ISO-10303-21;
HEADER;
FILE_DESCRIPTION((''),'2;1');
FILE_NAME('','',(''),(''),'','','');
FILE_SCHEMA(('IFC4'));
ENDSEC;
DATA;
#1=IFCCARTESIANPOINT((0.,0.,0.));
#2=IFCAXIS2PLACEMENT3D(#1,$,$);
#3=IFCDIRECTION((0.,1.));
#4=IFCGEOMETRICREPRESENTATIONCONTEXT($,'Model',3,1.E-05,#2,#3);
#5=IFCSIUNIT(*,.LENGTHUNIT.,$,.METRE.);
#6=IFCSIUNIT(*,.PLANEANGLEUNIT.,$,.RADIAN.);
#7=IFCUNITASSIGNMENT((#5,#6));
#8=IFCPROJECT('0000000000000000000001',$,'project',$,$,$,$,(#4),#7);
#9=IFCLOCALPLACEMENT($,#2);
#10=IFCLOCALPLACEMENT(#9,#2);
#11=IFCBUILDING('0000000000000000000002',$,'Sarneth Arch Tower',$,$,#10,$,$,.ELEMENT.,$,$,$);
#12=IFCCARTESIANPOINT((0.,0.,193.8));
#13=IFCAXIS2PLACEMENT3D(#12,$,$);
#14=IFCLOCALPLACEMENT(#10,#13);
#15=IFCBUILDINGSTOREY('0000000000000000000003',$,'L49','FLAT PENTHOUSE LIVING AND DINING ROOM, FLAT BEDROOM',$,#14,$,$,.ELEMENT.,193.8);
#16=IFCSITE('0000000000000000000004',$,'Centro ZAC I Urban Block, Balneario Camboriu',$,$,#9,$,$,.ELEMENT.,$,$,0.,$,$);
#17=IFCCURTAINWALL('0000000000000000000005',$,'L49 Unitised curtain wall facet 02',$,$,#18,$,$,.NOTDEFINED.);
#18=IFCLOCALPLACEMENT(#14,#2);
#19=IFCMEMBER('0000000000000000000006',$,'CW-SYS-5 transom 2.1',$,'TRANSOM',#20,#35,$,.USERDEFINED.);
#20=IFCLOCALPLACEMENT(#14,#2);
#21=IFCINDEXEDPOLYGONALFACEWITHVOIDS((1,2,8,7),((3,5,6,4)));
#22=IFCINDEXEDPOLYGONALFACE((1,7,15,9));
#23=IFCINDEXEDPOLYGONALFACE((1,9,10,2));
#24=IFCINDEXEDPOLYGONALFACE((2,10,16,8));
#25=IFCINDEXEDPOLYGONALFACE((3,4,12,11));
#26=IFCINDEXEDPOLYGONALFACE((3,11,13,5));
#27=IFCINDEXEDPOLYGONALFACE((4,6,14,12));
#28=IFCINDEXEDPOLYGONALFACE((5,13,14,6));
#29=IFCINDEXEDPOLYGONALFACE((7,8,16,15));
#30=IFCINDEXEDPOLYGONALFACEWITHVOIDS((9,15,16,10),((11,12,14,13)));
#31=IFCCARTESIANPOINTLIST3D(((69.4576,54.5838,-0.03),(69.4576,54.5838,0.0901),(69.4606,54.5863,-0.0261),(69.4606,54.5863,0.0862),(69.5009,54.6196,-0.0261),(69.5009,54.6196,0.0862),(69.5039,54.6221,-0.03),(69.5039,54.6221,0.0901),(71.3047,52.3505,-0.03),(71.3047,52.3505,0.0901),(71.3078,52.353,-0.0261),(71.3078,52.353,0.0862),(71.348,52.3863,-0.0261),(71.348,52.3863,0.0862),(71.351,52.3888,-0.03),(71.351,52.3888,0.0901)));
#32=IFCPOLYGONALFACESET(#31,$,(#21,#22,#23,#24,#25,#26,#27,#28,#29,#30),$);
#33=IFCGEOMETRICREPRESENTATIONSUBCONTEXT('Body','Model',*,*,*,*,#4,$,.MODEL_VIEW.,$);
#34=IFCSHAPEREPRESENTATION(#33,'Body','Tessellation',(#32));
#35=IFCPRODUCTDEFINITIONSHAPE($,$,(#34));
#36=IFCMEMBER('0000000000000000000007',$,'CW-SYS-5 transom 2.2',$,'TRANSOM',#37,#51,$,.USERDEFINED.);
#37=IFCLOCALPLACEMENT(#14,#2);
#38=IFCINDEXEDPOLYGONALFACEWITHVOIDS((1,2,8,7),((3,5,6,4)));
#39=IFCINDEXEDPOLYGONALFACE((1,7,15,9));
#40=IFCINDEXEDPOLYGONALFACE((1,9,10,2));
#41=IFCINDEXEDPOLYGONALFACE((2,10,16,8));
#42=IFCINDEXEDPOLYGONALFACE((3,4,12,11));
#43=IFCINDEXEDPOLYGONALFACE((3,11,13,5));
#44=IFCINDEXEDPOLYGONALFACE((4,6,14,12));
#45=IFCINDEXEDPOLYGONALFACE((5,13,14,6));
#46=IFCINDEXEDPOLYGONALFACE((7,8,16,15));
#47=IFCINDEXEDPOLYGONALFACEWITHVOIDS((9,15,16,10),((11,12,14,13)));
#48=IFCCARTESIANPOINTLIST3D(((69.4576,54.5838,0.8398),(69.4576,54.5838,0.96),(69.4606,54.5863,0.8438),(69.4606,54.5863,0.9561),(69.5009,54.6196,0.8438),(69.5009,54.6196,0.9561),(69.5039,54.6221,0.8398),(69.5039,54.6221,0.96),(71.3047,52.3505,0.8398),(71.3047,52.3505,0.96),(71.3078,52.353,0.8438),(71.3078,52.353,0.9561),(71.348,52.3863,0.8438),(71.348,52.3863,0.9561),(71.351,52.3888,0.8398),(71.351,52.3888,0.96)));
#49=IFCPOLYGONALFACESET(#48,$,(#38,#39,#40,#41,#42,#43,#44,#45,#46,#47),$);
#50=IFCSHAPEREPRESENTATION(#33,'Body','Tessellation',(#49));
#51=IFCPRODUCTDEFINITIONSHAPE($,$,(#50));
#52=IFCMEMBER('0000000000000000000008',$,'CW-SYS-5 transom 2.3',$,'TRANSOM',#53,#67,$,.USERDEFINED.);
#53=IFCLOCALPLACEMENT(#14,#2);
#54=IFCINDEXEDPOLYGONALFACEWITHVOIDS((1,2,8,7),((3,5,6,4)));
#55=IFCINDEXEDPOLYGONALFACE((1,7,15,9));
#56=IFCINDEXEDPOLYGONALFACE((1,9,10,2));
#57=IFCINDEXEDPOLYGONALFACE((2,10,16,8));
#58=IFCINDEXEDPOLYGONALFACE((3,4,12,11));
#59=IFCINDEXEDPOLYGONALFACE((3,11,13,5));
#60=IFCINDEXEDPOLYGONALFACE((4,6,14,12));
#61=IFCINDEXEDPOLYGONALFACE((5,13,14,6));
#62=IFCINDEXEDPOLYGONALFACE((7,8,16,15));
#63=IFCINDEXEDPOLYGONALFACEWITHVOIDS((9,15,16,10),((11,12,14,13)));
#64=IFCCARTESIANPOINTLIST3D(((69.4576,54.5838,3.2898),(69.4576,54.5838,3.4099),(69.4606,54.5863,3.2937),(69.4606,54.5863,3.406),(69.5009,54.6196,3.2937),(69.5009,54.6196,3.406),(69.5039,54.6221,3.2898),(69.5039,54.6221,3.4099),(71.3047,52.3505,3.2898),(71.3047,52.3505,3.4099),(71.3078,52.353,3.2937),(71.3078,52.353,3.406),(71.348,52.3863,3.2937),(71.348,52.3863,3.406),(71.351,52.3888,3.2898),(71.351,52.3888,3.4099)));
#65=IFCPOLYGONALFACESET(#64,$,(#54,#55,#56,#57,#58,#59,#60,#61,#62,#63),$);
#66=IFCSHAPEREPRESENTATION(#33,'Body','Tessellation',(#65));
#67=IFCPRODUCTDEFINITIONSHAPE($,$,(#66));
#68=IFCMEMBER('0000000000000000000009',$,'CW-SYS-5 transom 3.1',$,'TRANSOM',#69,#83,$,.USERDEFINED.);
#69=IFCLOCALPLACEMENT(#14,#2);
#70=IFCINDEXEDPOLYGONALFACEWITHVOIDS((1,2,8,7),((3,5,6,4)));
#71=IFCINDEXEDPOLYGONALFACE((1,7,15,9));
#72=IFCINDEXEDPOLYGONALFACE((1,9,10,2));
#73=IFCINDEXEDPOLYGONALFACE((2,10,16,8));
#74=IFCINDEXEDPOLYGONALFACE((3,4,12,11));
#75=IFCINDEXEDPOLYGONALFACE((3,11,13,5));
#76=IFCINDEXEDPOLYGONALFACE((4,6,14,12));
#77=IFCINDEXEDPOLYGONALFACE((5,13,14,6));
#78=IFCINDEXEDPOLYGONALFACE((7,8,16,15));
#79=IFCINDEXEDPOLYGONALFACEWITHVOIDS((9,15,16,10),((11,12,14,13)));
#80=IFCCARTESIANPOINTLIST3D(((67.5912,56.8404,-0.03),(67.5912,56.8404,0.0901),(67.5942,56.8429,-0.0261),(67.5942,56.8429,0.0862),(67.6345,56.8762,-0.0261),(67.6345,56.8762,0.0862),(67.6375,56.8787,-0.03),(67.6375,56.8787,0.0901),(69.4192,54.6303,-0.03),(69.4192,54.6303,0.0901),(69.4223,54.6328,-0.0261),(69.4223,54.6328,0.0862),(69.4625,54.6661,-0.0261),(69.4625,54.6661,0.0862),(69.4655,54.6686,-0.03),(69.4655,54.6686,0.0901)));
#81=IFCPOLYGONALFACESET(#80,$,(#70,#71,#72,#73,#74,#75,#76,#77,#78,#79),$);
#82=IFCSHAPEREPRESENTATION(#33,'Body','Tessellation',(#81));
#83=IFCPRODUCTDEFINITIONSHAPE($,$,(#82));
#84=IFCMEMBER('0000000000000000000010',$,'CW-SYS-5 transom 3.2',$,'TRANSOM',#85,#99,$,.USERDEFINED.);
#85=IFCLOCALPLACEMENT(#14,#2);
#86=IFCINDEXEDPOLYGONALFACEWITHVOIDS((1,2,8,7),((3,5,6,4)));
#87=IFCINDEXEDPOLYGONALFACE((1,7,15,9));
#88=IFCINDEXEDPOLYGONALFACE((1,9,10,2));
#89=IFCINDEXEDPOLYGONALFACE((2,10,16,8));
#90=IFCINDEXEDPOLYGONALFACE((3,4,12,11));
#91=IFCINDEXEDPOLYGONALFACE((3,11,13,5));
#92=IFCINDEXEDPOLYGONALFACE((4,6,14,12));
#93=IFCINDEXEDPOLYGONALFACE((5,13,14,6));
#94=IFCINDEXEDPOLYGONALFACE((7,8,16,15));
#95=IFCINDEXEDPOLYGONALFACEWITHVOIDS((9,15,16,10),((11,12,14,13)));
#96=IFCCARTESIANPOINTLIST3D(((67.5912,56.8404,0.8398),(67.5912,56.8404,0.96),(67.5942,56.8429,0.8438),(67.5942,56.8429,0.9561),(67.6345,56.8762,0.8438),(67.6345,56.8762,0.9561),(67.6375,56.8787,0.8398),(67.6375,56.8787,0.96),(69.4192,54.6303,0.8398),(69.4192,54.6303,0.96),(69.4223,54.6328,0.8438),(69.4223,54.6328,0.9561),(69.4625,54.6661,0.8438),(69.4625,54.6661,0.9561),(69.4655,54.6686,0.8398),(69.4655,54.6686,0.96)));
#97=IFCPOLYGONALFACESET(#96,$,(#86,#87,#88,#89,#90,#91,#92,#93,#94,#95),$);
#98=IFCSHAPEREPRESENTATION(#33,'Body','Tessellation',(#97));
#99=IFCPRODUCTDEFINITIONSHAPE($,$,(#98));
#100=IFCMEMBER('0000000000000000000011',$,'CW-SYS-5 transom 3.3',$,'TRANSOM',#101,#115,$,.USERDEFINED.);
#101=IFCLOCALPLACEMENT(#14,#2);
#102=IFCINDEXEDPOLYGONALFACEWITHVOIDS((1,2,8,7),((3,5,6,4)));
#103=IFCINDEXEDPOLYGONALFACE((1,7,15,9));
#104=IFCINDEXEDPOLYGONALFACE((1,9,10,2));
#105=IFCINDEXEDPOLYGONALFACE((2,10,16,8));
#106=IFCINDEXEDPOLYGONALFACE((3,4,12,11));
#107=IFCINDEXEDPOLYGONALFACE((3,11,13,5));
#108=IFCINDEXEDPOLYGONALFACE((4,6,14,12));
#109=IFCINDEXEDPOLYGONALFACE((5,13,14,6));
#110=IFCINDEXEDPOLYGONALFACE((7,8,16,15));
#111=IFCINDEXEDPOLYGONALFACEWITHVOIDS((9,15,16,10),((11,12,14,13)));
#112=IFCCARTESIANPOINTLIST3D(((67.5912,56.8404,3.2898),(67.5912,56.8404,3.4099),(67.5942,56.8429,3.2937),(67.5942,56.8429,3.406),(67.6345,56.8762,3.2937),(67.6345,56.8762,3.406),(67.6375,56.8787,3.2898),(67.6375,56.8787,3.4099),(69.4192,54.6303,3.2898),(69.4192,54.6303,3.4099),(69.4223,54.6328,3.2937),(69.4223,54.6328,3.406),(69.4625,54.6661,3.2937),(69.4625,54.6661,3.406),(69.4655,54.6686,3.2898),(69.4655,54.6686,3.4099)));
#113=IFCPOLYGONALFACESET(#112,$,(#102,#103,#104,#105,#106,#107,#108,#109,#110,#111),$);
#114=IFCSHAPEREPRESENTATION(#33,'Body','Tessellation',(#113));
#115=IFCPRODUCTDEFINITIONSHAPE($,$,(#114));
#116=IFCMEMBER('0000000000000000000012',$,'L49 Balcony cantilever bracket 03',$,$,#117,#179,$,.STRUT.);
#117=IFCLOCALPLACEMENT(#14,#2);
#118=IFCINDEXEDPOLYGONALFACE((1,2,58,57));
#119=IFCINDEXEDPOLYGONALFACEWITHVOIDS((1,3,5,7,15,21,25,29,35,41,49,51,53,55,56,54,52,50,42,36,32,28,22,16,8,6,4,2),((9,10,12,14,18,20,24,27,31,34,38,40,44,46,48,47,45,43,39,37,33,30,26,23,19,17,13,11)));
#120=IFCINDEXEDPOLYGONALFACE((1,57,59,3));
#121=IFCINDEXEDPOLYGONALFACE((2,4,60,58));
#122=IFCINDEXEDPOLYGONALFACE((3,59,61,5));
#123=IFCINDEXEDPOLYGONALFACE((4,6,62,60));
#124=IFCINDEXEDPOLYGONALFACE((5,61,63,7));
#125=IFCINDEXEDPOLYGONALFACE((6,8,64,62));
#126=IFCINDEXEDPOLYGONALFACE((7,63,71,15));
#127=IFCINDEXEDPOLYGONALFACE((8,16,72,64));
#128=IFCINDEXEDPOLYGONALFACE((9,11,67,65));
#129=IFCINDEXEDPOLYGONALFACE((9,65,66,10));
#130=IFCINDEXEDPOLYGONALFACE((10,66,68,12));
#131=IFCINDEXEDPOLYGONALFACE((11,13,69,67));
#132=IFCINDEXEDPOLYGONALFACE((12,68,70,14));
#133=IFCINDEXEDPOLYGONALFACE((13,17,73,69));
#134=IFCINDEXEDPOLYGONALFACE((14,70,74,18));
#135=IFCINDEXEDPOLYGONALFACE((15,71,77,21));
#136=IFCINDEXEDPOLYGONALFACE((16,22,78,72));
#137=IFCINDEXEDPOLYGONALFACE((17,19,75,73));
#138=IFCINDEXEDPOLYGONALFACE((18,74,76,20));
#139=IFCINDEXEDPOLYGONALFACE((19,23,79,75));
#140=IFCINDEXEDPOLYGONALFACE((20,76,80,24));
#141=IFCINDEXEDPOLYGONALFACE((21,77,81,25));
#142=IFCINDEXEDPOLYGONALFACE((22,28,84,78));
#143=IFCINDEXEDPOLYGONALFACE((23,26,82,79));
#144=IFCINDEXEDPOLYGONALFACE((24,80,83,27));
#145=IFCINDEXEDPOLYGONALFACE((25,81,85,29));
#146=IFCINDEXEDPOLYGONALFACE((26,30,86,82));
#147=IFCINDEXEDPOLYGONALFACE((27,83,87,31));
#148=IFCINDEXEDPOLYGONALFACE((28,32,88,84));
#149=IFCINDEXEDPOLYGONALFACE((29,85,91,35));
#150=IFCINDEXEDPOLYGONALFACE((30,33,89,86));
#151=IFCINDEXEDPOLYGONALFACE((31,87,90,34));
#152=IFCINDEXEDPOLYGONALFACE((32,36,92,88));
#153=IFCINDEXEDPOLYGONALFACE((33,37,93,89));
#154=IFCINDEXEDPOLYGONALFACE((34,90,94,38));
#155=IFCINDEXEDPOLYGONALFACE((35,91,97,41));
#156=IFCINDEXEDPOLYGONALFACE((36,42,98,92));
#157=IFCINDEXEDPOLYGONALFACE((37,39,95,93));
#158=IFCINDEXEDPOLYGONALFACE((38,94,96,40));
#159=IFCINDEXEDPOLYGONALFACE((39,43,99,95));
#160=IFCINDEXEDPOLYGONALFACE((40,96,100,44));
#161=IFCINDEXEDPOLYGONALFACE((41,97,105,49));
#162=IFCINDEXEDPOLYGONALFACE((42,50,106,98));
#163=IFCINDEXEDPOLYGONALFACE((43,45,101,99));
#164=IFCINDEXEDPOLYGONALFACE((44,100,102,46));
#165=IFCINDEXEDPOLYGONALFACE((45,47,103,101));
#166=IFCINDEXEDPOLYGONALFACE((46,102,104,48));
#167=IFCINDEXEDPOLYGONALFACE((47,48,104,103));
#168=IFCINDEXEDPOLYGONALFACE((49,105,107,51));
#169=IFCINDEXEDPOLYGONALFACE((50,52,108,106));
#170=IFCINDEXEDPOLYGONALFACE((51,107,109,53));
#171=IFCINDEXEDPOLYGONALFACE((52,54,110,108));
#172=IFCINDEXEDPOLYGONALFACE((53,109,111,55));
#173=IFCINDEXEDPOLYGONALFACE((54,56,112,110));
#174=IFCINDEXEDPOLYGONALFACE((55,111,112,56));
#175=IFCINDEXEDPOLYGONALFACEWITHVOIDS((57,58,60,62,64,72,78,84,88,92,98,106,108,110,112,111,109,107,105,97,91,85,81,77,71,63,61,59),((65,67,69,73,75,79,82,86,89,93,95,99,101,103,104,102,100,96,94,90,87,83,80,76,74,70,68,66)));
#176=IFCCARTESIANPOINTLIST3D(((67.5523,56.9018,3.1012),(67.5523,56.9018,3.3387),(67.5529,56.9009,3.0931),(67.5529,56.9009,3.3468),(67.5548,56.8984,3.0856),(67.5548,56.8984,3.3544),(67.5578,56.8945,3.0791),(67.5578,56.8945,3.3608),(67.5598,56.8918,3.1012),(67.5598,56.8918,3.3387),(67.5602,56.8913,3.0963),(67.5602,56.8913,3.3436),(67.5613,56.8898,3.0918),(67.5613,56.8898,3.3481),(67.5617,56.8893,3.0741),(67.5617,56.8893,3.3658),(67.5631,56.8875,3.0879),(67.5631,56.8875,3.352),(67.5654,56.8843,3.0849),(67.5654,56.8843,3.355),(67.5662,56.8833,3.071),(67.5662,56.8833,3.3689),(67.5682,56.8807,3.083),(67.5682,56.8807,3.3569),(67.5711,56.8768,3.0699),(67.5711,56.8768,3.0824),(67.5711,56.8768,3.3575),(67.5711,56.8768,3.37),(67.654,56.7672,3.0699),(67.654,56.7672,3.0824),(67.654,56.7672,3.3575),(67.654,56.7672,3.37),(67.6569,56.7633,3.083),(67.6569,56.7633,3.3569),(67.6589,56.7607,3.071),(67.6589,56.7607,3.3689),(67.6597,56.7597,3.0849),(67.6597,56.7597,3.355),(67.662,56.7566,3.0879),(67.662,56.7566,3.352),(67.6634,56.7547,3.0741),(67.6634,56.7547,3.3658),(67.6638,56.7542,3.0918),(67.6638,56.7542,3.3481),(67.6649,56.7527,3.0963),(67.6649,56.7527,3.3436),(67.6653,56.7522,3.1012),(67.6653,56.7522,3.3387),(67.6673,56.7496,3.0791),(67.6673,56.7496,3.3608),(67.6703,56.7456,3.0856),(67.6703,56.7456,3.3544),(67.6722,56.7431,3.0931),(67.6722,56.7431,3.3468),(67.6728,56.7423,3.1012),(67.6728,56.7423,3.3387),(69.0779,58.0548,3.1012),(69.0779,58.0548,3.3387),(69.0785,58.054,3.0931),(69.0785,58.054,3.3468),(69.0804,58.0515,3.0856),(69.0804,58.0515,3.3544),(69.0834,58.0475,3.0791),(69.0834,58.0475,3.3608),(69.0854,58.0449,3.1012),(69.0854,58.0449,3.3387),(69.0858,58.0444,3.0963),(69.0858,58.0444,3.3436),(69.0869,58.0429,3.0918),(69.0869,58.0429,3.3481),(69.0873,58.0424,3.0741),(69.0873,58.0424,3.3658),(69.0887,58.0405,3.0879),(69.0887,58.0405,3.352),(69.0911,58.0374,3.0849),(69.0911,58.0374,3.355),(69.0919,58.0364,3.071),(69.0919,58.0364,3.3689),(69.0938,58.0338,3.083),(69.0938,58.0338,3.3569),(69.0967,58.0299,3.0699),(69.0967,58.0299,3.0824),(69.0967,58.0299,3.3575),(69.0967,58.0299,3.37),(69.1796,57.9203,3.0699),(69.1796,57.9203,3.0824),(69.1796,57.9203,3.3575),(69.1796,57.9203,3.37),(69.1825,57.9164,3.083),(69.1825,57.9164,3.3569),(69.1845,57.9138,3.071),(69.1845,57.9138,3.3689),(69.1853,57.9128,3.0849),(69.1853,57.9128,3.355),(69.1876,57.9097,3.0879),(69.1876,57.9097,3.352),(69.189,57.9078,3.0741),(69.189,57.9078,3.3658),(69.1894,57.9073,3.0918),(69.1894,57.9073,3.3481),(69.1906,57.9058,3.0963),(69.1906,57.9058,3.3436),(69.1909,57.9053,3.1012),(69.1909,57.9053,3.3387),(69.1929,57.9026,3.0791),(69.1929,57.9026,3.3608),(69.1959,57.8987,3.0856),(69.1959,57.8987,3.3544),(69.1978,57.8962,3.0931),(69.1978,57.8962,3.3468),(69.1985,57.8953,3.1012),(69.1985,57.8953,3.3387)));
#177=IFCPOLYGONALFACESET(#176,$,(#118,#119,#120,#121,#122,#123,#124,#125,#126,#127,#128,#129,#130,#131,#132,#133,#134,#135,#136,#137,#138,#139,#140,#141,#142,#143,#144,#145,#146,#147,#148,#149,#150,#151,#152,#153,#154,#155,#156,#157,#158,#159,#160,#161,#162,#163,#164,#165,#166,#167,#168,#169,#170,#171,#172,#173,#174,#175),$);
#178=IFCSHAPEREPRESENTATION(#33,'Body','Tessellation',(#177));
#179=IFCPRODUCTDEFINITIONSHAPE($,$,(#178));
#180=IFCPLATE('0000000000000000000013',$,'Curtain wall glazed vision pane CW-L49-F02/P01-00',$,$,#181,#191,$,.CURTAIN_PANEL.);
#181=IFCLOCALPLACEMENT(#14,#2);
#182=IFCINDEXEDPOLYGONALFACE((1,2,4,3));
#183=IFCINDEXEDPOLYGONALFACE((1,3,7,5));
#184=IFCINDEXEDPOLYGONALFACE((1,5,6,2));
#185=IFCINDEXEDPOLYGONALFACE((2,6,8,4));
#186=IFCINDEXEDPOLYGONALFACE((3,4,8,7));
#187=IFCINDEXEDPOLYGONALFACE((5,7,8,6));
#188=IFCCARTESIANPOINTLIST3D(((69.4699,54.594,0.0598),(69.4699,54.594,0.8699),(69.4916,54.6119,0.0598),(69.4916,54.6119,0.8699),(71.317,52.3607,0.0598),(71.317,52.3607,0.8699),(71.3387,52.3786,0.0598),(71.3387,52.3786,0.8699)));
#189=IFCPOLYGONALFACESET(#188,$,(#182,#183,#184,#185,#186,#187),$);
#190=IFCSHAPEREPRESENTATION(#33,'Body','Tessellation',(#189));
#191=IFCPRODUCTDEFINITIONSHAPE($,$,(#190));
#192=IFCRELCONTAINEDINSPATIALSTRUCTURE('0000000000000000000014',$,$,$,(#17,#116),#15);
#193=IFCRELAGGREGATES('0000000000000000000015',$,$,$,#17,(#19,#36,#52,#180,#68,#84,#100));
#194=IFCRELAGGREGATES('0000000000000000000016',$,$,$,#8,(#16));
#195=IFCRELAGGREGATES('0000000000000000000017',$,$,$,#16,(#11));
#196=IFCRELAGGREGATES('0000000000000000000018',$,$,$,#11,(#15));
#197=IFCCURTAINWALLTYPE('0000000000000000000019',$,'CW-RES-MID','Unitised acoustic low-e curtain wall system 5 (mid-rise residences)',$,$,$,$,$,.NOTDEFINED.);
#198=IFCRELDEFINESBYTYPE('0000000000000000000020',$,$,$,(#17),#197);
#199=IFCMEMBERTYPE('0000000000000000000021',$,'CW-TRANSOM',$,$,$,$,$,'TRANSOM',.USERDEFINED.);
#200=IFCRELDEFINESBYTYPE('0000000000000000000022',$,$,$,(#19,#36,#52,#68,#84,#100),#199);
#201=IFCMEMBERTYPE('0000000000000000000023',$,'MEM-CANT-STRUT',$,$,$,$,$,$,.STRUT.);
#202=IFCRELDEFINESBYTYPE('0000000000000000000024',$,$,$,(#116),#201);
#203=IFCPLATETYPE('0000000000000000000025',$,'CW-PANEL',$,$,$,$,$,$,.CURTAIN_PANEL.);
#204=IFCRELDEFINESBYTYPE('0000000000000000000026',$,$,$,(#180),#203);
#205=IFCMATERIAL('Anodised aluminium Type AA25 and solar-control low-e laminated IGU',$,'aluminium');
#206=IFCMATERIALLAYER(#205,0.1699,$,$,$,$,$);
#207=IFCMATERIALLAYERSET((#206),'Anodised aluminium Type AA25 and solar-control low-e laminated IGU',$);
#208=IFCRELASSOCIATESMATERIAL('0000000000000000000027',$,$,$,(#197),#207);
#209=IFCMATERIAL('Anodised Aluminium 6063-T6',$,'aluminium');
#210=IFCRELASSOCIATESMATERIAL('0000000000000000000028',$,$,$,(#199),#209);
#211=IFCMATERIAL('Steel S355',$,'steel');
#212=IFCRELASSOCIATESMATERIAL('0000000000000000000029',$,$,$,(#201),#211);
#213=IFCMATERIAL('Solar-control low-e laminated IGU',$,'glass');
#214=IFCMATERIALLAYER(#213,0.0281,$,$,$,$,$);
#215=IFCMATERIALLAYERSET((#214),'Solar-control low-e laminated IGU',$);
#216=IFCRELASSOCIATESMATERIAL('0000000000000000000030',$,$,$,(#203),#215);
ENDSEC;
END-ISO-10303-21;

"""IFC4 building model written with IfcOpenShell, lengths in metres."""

from ifc_helpers import new_model, si_unit, direction, frame, origin, origin_2d, place, context, subcontext, project, spatial, rectangle, hollow_rectangle, extrude, material, layer, layer_set, material_profile, profile_set, type_object, element, aggregate, save


model = new_model("IFC4")

# Units and contexts
model_context = context("Model", 3, precision=1e-05, world=origin(), true_north=direction((0.0, 1.0)))
body_context = subcontext(model_context, "Body", "Model", "MODEL_VIEW")
ifc_project = project(units=[si_unit("LENGTHUNIT", "METRE"), si_unit("PLANEANGLEUNIT", "RADIAN")], contexts=[model_context])

# Site, building, storey
site_placement = place(None, origin())
site = spatial("IfcSite", under=ifc_project, at=site_placement, Name="Centro ZAC I Urban Block, Balneario Camboriu", CompositionType="ELEMENT", RefElevation=0.0)
building_placement = place(site_placement, origin())
building = spatial("IfcBuilding", under=site, at=building_placement, Name="Sarneth Arch Tower", CompositionType="ELEMENT")
storey_placement = place(building_placement, frame((0.0, 0.0, 193.8)))
storey = spatial("IfcBuildingStorey", under=building, at=storey_placement, Name="L49", Description="FLAT PENTHOUSE LIVING AND DINING ROOM, FLAT BEDROOM", CompositionType="ELEMENT", Elevation=193.8)

# Curtain wall, members
ifc_material_1 = material(Name="Anodised aluminium Type AA25 and solar-control low-e laminated IGU", Category="aluminium")
ifc_layer_1 = layer(ifc_material_1, 0.1699)
ifc_layer_set_1 = layer_set([ifc_layer_1], Name="Anodised aluminium Type AA25 and solar-control low-e laminated IGU")
curtain_wall_type = type_object("IfcCurtainWallType", Name="CW-RES-MID", Description="Unitised acoustic low-e curtain wall system 5 (mid-rise residences)", PredefinedType="NOTDEFINED", material=ifc_layer_set_1)
curtain_wall_placement = place(storey_placement, origin())
curtain_wall = element("IfcCurtainWall", 1, at=curtain_wall_placement, inside=storey, type_object=curtain_wall_type, Name="L49 Unitised curtain wall facet 02", PredefinedType="NOTDEFINED")
ifc_material_2 = material(Name="Anodised Aluminium 6063-T6", Category="aluminium")
ifc_material_profile_1 = material_profile(ifc_material_2, hollow_rectangle(XDim=0.0601, YDim=0.1201, WallThickness=0.0039, at=origin_2d()), Name="AL-TRAN-120x60x4")
ifc_profile_set_1 = profile_set([ifc_material_profile_1], Name="Anodised Aluminium 6063-T6")
member_type_1 = type_object("IfcMemberType", Name="CW-TRANSOM", ElementType="TRANSOM", PredefinedType="USERDEFINED", material=ifc_profile_set_1)
member_1_placement = place(storey_placement, frame((71.3279, 52.3696, 0.03), z_axis=(-0.63733, 0.770591, 0.0), x_axis=(-0.770591, -0.63733, 0.0)))
member_1 = element("IfcMember", 2, at=member_1_placement, type_object=member_type_1, Name="CW-SYS-5 transom 2.1", ObjectType="TRANSOM", PredefinedType="USERDEFINED", context=body_context, shape_type="SweptSolid", body=[
    extrude(hollow_rectangle(XDim=0.0601, YDim=0.1201, WallThickness=0.0039, at=origin_2d()), origin(), (0.0, 0.0, 1.0), 2.8982),
])
member_2_placement = place(storey_placement, frame((71.3279, 52.3696, 0.8999), z_axis=(-0.63733, 0.770591, 0.0), x_axis=(-0.770591, -0.63733, 0.0)))
member_2 = element("IfcMember", 3, at=member_2_placement, type_object=member_type_1, Name="CW-SYS-5 transom 2.2", ObjectType="TRANSOM", PredefinedType="USERDEFINED", context=body_context, shape_type="SweptSolid", body=[
    extrude(hollow_rectangle(XDim=0.0601, YDim=0.1201, WallThickness=0.0039, at=origin_2d()), origin(), (0.0, 0.0, 1.0), 2.8982),
])
member_3_placement = place(storey_placement, frame((71.3279, 52.3696, 3.3499), z_axis=(-0.63733, 0.770591, 0.0), x_axis=(-0.770591, -0.63733, 0.0)))
member_3 = element("IfcMember", 4, at=member_3_placement, type_object=member_type_1, Name="CW-SYS-5 transom 2.3", ObjectType="TRANSOM", PredefinedType="USERDEFINED", context=body_context, shape_type="SweptSolid", body=[
    extrude(hollow_rectangle(XDim=0.0601, YDim=0.1201, WallThickness=0.0039, at=origin_2d()), origin(), (0.0, 0.0, 1.0), 2.8982),
])
member_4_placement = place(storey_placement, frame((69.4424, 54.6494, 0.03), z_axis=(-0.637359, 0.770567, 0.0), x_axis=(-0.770567, -0.637359, 0.0)))
member_4 = element("IfcMember", 5, at=member_4_placement, type_object=member_type_1, Name="CW-SYS-5 transom 3.1", ObjectType="TRANSOM", PredefinedType="USERDEFINED", context=body_context, shape_type="SweptSolid", body=[
    extrude(hollow_rectangle(XDim=0.0601, YDim=0.1201, WallThickness=0.0039, at=origin_2d()), origin(), (0.0, 0.0, 1.0), 2.8682),
])
member_5_placement = place(storey_placement, frame((69.4424, 54.6494, 0.8999), z_axis=(-0.637359, 0.770567, 0.0), x_axis=(-0.770567, -0.637359, 0.0)))
member_5 = element("IfcMember", 6, at=member_5_placement, type_object=member_type_1, Name="CW-SYS-5 transom 3.2", ObjectType="TRANSOM", PredefinedType="USERDEFINED", context=body_context, shape_type="SweptSolid", body=[
    extrude(hollow_rectangle(XDim=0.0601, YDim=0.1201, WallThickness=0.0039, at=origin_2d()), origin(), (0.0, 0.0, 1.0), 2.8682),
])
member_6_placement = place(storey_placement, frame((69.4424, 54.6494, 3.3499), z_axis=(-0.637359, 0.770567, 0.0), x_axis=(-0.770567, -0.637359, 0.0)))
member_6 = element("IfcMember", 7, at=member_6_placement, type_object=member_type_1, Name="CW-SYS-5 transom 3.3", ObjectType="TRANSOM", PredefinedType="USERDEFINED", context=body_context, shape_type="SweptSolid", body=[
    extrude(hollow_rectangle(XDim=0.0601, YDim=0.1201, WallThickness=0.0039, at=origin_2d()), origin(), (0.0, 0.0, 1.0), 2.8682),
])

# Member
ifc_material_3 = material(Name="Steel S355", Category="steel")
ifc_material_profile_2 = material_profile(ifc_material_3, hollow_rectangle(XDim=0.2, YDim=0.3, WallThickness=0.0125, InnerFilletRadius=0.0188, OuterFilletRadius=0.0312, at=origin_2d()), Name="RHS300x200x12.5")
ifc_profile_set_2 = profile_set([ifc_material_profile_2], Name="Steel S355")
member_type_2 = type_object("IfcMemberType", Name="MEM-CANT-STRUT", PredefinedType="STRUT", material=ifc_profile_set_2)
member_7_placement = place(storey_placement, frame((67.6125, 56.822, 3.22), z_axis=(0.797773, 0.602958, 0.0), x_axis=(-0.602958, 0.797773, 0.0)))
element("IfcMember", 8, at=member_7_placement, inside=storey, type_object=member_type_2, Name="L49 Balcony cantilever bracket 03", PredefinedType="STRUT", context=body_context, shape_type="SweptSolid", body=[
    extrude(hollow_rectangle(XDim=0.2, YDim=0.3, WallThickness=0.0125, InnerFilletRadius=0.0188, OuterFilletRadius=0.0312, at=origin_2d()), origin(), (0.0, 0.0, 1.0), 1.9124),
])

# Plate
ifc_material_4 = material(Name="Solar-control low-e laminated IGU", Category="glass")
ifc_layer_2 = layer(ifc_material_4, 0.0281)
ifc_layer_set_2 = layer_set([ifc_layer_2], Name="Solar-control low-e laminated IGU")
plate_type_1 = type_object("IfcPlateType", Name="CW-PANEL", PredefinedType="CURTAIN_PANEL", material=ifc_layer_set_2)
plate_1_placement = place(storey_placement, frame((70.4043, 53.4863, 0.0598), z_axis=(0.0, 0.0, 1.0), x_axis=(-0.63733, 0.770591, 0.0)))
plate_1 = element("IfcPlate", 9, at=plate_1_placement, type_object=plate_type_1, Name="Curtain wall glazed vision pane CW-L49-F02/P01-00", PredefinedType="CURTAIN_PANEL", context=body_context, shape_type="SweptSolid", body=[
    extrude(rectangle(XDim=2.8982, YDim=0.0281, at=origin_2d()), origin(), (0.0, 0.0, 1.0), 0.8101),
])
aggregate(curtain_wall, [member_1, member_2, member_3, plate_1, member_4, member_5, member_6])

save(model, "model.ifc")
